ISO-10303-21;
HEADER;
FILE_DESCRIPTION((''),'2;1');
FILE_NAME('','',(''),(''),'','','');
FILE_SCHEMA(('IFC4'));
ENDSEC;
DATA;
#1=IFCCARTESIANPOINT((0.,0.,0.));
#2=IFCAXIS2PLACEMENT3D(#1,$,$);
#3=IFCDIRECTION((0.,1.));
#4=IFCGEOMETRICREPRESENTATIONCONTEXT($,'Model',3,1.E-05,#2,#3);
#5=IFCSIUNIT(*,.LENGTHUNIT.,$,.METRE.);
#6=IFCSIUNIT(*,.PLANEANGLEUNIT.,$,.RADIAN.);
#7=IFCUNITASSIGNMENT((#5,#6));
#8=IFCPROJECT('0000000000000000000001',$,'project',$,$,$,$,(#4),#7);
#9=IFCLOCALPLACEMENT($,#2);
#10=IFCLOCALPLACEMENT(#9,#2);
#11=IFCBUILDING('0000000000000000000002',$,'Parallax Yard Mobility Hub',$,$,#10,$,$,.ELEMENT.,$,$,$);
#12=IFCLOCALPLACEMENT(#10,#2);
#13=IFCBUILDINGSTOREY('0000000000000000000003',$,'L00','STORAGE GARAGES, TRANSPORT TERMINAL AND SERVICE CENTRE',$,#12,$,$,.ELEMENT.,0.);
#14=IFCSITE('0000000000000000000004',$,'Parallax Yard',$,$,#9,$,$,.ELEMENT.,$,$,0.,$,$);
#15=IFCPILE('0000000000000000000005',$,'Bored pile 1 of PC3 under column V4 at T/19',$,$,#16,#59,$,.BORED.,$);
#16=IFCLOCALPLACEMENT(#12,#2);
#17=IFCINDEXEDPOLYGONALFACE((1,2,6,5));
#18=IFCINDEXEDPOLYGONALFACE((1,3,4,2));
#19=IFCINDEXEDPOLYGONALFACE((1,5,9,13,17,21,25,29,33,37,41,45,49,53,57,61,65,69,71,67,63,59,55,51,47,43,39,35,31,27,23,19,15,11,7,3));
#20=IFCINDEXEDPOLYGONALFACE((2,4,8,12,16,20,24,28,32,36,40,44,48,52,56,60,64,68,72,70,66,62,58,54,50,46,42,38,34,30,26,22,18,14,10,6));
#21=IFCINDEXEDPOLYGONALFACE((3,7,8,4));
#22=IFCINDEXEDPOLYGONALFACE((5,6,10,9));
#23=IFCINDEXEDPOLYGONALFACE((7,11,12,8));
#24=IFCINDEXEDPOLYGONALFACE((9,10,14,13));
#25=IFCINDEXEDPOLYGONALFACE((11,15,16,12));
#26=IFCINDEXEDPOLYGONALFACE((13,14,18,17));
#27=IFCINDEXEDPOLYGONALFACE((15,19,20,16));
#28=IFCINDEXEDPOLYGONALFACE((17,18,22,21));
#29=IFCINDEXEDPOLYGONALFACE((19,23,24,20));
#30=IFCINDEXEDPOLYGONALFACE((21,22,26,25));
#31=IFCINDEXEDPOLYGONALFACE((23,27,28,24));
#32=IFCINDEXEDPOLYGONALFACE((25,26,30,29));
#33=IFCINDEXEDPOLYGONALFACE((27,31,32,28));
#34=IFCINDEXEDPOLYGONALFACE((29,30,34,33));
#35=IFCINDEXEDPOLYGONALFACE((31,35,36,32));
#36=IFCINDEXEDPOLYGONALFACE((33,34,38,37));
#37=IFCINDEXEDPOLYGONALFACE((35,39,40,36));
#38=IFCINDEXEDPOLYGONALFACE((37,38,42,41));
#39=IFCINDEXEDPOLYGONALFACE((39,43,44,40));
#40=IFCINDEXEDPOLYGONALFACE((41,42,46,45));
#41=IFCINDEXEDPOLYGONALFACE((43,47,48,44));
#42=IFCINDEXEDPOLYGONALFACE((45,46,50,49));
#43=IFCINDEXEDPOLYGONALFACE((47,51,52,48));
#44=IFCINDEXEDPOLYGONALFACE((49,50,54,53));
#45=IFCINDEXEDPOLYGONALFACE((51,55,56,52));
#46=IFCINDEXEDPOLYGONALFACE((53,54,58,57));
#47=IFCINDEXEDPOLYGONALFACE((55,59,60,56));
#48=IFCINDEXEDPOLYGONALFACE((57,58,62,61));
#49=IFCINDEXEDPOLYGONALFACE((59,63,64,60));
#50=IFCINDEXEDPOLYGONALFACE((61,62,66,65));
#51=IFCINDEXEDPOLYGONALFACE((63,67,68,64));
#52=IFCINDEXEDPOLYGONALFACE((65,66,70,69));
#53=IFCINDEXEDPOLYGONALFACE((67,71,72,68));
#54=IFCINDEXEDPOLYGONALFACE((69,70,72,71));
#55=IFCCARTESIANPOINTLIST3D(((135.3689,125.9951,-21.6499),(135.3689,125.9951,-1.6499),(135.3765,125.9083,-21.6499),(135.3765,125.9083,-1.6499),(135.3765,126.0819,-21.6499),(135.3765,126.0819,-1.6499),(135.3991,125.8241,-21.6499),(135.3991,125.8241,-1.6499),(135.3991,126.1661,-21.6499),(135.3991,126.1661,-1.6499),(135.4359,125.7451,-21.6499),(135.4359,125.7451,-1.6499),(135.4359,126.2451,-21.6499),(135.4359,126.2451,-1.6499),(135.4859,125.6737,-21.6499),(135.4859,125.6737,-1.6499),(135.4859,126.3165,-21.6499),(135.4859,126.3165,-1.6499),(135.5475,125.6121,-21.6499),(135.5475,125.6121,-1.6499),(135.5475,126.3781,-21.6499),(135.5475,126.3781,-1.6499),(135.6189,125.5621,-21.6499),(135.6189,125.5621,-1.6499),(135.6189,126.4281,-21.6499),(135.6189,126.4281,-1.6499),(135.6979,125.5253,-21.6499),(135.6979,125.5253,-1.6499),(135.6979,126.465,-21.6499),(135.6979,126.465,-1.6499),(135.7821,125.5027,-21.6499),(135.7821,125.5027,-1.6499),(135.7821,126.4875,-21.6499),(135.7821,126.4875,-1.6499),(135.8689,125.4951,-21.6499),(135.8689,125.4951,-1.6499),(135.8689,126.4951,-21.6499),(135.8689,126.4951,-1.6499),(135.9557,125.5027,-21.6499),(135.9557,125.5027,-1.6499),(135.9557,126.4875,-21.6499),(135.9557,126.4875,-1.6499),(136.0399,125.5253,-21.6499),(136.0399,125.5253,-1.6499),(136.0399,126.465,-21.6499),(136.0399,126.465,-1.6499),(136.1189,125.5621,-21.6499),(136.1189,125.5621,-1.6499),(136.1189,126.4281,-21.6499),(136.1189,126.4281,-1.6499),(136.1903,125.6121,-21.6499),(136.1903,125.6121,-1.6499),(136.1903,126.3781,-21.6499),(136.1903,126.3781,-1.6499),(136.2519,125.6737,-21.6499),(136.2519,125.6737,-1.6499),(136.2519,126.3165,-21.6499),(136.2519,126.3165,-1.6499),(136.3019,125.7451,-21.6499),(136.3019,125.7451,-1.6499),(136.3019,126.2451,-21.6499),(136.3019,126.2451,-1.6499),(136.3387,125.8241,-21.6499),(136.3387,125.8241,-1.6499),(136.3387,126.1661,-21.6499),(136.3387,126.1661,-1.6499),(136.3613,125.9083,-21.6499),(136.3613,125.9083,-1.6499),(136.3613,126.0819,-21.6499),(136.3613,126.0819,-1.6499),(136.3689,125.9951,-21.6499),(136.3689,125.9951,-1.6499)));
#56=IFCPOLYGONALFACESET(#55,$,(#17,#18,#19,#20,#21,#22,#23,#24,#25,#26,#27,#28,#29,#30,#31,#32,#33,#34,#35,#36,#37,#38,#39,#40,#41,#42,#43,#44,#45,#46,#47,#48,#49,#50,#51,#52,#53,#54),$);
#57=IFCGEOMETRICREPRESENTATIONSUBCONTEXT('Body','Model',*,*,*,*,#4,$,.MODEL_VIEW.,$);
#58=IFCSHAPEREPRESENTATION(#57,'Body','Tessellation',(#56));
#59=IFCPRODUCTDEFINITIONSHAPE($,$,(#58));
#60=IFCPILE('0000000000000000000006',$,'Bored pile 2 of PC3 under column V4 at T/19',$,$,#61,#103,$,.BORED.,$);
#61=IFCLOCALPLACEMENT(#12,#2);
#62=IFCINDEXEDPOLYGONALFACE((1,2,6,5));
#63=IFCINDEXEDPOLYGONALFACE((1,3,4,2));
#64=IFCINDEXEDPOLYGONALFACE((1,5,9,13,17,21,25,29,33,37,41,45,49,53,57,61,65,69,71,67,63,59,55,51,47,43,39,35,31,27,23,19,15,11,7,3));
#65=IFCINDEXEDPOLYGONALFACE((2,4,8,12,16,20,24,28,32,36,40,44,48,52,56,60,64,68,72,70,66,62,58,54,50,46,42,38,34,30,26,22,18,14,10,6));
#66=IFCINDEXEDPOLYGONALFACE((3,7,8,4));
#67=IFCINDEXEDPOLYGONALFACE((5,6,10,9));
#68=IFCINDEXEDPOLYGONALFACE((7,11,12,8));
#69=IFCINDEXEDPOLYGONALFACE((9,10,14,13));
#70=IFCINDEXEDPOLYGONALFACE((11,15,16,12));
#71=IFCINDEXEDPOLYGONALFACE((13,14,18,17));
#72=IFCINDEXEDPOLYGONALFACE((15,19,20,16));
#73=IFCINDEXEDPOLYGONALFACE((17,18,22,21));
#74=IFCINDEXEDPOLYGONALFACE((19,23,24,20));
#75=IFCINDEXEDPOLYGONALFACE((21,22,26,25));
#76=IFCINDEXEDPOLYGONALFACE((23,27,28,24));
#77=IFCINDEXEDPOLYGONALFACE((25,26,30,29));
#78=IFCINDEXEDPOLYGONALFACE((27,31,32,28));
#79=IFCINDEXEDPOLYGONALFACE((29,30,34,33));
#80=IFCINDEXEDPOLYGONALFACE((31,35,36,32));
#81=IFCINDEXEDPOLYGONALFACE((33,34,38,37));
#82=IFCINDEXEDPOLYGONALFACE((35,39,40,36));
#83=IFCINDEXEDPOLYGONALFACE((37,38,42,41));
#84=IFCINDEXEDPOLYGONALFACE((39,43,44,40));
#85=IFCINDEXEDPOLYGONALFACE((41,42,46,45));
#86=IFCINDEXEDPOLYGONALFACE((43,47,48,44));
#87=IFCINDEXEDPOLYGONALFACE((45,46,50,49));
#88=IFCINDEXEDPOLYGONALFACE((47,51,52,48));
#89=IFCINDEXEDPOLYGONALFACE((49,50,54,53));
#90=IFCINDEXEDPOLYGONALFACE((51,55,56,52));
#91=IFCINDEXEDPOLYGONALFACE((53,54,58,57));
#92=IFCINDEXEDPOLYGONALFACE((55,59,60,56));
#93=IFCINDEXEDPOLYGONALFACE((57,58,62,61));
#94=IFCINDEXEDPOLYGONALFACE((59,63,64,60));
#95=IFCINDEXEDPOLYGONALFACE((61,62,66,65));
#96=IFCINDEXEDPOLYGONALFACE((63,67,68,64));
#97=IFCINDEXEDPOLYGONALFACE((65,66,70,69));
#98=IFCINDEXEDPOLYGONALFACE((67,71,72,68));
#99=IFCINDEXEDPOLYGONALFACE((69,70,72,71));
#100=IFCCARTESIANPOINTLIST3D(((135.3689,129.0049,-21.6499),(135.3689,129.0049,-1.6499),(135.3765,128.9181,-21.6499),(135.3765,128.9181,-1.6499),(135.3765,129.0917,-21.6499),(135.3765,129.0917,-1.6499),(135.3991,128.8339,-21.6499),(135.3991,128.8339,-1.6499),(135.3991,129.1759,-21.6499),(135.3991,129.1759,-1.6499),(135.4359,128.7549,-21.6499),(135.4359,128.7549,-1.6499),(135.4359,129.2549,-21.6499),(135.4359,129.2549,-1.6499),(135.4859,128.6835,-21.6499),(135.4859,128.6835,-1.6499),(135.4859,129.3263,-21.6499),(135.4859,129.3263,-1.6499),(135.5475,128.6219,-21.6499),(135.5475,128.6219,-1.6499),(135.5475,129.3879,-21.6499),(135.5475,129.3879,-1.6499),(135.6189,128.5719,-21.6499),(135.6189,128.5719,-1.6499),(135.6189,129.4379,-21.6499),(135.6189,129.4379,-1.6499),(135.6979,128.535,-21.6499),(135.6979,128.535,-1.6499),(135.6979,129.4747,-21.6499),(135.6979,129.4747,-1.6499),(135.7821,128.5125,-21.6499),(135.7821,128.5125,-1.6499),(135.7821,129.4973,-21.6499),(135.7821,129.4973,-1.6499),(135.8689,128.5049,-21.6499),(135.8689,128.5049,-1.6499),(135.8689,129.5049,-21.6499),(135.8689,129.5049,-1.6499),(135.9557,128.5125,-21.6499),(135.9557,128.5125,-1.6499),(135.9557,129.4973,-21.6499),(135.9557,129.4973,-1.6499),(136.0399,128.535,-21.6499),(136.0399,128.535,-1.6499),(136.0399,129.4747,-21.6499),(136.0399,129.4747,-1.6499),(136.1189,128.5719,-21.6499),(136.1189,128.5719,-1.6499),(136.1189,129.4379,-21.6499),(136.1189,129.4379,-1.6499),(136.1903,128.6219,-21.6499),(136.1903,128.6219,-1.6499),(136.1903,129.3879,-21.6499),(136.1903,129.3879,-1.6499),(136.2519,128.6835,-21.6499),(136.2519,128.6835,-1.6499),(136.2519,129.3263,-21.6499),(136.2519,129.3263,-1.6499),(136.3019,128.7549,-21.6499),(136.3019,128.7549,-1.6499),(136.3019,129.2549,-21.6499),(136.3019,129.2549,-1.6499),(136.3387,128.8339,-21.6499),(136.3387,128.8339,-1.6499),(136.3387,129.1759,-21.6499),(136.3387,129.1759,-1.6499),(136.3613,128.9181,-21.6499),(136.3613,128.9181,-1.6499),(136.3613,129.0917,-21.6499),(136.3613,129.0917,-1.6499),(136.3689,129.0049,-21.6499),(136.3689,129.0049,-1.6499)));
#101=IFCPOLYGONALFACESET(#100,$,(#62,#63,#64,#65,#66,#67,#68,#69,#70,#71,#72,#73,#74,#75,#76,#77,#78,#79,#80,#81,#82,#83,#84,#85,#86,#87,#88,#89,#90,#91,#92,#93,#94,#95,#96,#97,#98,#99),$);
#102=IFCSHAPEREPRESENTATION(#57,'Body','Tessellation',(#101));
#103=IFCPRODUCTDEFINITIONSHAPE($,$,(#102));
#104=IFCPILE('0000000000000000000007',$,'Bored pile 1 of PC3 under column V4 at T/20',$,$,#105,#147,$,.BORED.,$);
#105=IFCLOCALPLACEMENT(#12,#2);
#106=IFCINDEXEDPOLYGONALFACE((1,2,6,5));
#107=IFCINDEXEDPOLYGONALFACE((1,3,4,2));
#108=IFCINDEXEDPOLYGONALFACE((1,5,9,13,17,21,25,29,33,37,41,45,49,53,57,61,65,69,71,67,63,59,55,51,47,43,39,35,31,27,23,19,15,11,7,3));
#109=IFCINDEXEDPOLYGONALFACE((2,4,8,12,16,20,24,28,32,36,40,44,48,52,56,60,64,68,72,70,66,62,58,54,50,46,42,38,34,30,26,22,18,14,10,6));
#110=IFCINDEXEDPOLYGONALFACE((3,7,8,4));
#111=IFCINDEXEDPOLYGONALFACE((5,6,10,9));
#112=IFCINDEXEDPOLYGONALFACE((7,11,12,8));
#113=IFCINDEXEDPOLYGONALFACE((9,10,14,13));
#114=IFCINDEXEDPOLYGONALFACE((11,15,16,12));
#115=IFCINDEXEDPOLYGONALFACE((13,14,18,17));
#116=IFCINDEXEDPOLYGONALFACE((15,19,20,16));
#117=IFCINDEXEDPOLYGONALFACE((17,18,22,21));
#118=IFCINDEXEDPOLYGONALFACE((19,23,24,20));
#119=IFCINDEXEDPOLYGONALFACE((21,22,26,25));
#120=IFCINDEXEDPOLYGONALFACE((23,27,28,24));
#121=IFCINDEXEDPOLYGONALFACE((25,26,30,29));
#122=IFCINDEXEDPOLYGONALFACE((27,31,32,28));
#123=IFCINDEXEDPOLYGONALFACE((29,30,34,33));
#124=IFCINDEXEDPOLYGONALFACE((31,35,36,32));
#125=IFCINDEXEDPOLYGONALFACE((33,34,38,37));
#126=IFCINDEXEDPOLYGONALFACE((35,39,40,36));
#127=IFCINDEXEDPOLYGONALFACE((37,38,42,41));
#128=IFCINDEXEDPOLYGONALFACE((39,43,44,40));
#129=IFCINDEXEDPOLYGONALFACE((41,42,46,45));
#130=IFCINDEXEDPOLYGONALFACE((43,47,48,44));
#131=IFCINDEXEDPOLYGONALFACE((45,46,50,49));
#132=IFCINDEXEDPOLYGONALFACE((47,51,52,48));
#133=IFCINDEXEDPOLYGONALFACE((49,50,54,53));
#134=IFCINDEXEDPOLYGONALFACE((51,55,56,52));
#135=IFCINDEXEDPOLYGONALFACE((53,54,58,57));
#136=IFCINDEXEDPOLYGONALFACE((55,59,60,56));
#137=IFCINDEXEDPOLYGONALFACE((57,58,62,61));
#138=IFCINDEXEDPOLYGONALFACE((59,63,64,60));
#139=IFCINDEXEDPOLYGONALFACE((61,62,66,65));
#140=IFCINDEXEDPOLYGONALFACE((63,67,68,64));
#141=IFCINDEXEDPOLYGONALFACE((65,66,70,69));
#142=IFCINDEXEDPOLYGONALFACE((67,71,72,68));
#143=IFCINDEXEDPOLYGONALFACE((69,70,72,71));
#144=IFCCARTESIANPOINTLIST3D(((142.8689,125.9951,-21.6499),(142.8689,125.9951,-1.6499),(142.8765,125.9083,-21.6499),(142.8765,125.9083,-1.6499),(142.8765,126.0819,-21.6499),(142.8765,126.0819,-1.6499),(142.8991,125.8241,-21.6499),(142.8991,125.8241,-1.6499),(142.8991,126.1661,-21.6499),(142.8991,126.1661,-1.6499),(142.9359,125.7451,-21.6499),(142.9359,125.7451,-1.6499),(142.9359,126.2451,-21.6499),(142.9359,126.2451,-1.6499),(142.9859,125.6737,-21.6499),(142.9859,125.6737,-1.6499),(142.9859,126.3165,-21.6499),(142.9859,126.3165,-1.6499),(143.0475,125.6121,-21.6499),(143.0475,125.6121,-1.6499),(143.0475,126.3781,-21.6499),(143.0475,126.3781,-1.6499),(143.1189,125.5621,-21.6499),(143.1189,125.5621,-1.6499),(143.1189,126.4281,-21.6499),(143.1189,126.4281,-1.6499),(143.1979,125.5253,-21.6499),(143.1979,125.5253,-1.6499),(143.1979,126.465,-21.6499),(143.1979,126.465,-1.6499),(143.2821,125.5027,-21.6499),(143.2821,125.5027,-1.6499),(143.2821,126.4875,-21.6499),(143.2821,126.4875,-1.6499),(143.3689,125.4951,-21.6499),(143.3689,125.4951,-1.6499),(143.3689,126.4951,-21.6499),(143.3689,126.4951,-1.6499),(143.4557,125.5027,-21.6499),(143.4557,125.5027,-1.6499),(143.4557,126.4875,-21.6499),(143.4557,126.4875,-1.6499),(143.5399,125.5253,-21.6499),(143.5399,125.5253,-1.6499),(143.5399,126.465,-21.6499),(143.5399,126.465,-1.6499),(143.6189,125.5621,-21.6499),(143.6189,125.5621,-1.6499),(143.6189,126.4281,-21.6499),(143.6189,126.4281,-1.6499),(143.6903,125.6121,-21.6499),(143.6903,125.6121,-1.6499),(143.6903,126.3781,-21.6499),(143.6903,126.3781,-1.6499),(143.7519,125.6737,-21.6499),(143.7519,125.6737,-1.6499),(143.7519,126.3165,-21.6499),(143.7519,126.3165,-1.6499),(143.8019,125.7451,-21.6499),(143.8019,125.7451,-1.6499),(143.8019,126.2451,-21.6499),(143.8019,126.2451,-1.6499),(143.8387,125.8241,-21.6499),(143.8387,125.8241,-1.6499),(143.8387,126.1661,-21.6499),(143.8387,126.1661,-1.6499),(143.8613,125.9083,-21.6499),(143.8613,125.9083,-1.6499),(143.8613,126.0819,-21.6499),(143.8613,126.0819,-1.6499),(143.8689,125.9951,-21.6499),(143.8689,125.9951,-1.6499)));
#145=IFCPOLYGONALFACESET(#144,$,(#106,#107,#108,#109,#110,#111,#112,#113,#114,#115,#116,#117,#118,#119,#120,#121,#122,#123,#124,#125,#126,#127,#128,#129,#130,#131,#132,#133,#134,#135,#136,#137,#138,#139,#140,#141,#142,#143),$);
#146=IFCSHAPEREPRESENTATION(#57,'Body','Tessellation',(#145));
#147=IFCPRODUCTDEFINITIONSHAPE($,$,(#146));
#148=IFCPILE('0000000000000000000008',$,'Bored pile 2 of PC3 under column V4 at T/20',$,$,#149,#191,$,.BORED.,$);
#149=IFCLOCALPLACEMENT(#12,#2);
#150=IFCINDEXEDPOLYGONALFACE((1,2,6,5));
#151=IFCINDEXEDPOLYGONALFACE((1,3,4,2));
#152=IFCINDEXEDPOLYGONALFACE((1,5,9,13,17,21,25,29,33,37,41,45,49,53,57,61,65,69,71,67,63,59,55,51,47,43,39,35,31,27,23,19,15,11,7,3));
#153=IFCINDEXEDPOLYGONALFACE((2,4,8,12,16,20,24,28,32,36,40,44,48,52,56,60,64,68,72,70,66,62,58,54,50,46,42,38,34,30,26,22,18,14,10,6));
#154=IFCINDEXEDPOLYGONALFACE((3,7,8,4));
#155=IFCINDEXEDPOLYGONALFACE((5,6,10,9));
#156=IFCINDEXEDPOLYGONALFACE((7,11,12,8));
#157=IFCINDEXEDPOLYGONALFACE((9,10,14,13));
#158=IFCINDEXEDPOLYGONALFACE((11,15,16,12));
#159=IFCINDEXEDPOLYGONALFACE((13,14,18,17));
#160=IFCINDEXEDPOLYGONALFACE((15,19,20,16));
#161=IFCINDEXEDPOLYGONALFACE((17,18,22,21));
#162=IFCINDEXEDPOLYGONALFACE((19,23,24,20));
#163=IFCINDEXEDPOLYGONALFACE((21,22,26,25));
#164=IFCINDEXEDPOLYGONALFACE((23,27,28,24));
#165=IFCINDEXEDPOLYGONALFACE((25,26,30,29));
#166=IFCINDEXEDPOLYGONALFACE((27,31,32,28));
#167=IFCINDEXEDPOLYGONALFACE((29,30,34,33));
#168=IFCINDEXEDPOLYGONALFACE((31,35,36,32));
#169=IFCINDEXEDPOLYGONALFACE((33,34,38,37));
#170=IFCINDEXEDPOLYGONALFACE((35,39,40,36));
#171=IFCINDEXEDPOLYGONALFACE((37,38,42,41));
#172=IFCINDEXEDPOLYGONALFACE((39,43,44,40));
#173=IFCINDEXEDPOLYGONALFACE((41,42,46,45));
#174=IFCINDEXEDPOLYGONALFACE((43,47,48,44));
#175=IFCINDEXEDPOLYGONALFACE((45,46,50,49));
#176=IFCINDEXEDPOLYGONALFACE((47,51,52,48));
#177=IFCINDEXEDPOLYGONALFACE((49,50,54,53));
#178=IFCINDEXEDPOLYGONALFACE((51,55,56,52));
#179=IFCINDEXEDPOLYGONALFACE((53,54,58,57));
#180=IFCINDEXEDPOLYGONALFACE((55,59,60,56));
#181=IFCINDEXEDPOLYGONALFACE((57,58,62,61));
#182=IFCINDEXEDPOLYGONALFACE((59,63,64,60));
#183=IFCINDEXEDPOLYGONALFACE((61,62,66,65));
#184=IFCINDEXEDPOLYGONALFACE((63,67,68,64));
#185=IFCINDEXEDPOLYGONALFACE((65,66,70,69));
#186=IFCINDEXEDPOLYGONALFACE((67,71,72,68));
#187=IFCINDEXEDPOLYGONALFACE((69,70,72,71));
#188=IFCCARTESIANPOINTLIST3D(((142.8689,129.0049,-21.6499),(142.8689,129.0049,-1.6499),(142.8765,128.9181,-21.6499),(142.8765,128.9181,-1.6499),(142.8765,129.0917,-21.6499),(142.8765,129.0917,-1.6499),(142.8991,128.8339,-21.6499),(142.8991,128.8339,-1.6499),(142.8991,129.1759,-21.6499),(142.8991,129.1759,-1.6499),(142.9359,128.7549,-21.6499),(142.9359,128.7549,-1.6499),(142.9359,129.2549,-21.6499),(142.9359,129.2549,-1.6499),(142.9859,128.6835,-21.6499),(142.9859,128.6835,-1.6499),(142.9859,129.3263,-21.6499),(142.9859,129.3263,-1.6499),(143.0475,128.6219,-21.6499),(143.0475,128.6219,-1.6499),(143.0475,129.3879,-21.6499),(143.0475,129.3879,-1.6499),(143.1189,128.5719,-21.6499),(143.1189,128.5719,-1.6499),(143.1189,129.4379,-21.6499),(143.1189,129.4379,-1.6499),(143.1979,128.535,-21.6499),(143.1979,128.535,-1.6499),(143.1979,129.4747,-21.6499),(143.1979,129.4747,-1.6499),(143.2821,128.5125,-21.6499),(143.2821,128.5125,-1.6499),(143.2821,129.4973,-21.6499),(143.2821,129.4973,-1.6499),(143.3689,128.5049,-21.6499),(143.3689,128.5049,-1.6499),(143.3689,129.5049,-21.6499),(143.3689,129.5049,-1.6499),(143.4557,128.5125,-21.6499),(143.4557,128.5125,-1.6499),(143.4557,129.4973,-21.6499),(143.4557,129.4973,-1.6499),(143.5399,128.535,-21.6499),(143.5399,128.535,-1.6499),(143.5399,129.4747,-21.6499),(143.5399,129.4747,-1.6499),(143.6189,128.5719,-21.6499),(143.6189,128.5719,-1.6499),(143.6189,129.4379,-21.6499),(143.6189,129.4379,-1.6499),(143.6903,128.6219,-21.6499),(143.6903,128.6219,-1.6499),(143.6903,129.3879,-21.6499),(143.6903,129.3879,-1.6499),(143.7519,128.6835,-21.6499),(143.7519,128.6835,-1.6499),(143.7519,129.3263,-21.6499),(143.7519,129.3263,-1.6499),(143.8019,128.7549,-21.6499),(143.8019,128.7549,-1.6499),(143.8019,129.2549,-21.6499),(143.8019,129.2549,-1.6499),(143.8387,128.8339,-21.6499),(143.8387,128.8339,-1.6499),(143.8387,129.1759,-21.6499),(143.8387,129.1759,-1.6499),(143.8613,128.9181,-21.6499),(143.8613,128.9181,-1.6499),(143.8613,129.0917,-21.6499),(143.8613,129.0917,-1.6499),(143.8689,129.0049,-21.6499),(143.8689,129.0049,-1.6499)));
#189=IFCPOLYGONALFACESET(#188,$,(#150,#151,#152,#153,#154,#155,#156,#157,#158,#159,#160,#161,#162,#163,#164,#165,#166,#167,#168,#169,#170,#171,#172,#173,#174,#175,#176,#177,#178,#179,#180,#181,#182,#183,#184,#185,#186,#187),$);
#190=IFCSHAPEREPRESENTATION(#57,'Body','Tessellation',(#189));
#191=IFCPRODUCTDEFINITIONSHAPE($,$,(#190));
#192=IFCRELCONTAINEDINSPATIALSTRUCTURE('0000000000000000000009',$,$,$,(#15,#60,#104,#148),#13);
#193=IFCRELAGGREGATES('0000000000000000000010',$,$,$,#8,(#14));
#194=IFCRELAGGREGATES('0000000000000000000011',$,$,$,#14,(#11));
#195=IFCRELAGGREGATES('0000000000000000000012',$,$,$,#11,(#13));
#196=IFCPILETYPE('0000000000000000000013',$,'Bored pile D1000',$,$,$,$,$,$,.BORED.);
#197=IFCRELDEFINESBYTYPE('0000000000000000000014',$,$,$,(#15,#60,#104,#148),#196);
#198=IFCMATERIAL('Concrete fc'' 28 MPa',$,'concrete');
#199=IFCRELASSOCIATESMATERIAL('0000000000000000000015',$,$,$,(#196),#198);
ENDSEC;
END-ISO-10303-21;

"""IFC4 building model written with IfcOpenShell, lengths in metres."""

from ifc_helpers import new_model, si_unit, direction, frame, origin, origin_2d, place, context, subcontext, project, spatial, circle, extrude, material, material_profile, profile_set, type_object, element, save


model = new_model("IFC4")

# Units and contexts
model_context = context("Model", 3, precision=1e-05, world=origin(), true_north=direction((0.0, 1.0)))
body_context = subcontext(model_context, "Body", "Model", "MODEL_VIEW")
ifc_project = project(units=[si_unit("LENGTHUNIT", "METRE"), si_unit("PLANEANGLEUNIT", "RADIAN")], contexts=[model_context])

# Site, building, storey
site_placement = place(None, origin())
site = spatial("IfcSite", under=ifc_project, at=site_placement, Name="Parallax Yard", CompositionType="ELEMENT", RefElevation=0.0)
building_placement = place(site_placement, origin())
building = spatial("IfcBuilding", under=site, at=building_placement, Name="Parallax Yard Mobility Hub", CompositionType="ELEMENT")
storey_placement = place(building_placement, origin())
storey = spatial("IfcBuildingStorey", under=building, at=storey_placement, Name="L00", Description="STORAGE GARAGES, TRANSPORT TERMINAL AND SERVICE CENTRE", CompositionType="ELEMENT", Elevation=0.0)

# Piles
ifc_material_1 = material(Name="Concrete fc' 28 MPa", Category="concrete")
ifc_material_profile_1 = material_profile(ifc_material_1, circle(Radius=0.5, at=origin_2d()), Name="Bored pile D1000")
ifc_profile_set_1 = profile_set([ifc_material_profile_1], Name="Concrete fc' 28 MPa")
pile_type = type_object("IfcPileType", Name="Bored pile D1000", PredefinedType="BORED", material=ifc_profile_set_1)
for number, where, z_axis, x_axis, name in (
    (1, (135.8689, 125.9951, -1.6499), (0.0, 0.0, -1.0), (1.0, 0.0, 0.0), "Bored pile 1 of PC3 under column V4 at T/19"),
    (2, (135.8689, 129.0049, -1.6499), (0.0, 0.0, -1.0), (1.0, 0.0, 0.0), "Bored pile 2 of PC3 under column V4 at T/19"),
    (3, (143.3689, 125.9951, -1.6499), (0.0, 0.0, -1.0), (1.0, 0.0, 0.0), "Bored pile 1 of PC3 under column V4 at T/20"),
    (4, (143.3689, 129.0049, -1.6499), (0.0, 0.0, -1.0), (1.0, 0.0, 0.0), "Bored pile 2 of PC3 under column V4 at T/20"),
):
    element("IfcPile", number, at=place(storey_placement, frame(where, z_axis=z_axis, x_axis=x_axis)), inside=storey, type_object=pile_type, Name=name, PredefinedType="BORED", context=body_context, shape_type="SweptSolid", body=[
        extrude(circle(Radius=0.5, at=origin_2d()), origin(), (0.0, 0.0, 1.0), 20.0),
    ])

save(model, "model.ifc")
